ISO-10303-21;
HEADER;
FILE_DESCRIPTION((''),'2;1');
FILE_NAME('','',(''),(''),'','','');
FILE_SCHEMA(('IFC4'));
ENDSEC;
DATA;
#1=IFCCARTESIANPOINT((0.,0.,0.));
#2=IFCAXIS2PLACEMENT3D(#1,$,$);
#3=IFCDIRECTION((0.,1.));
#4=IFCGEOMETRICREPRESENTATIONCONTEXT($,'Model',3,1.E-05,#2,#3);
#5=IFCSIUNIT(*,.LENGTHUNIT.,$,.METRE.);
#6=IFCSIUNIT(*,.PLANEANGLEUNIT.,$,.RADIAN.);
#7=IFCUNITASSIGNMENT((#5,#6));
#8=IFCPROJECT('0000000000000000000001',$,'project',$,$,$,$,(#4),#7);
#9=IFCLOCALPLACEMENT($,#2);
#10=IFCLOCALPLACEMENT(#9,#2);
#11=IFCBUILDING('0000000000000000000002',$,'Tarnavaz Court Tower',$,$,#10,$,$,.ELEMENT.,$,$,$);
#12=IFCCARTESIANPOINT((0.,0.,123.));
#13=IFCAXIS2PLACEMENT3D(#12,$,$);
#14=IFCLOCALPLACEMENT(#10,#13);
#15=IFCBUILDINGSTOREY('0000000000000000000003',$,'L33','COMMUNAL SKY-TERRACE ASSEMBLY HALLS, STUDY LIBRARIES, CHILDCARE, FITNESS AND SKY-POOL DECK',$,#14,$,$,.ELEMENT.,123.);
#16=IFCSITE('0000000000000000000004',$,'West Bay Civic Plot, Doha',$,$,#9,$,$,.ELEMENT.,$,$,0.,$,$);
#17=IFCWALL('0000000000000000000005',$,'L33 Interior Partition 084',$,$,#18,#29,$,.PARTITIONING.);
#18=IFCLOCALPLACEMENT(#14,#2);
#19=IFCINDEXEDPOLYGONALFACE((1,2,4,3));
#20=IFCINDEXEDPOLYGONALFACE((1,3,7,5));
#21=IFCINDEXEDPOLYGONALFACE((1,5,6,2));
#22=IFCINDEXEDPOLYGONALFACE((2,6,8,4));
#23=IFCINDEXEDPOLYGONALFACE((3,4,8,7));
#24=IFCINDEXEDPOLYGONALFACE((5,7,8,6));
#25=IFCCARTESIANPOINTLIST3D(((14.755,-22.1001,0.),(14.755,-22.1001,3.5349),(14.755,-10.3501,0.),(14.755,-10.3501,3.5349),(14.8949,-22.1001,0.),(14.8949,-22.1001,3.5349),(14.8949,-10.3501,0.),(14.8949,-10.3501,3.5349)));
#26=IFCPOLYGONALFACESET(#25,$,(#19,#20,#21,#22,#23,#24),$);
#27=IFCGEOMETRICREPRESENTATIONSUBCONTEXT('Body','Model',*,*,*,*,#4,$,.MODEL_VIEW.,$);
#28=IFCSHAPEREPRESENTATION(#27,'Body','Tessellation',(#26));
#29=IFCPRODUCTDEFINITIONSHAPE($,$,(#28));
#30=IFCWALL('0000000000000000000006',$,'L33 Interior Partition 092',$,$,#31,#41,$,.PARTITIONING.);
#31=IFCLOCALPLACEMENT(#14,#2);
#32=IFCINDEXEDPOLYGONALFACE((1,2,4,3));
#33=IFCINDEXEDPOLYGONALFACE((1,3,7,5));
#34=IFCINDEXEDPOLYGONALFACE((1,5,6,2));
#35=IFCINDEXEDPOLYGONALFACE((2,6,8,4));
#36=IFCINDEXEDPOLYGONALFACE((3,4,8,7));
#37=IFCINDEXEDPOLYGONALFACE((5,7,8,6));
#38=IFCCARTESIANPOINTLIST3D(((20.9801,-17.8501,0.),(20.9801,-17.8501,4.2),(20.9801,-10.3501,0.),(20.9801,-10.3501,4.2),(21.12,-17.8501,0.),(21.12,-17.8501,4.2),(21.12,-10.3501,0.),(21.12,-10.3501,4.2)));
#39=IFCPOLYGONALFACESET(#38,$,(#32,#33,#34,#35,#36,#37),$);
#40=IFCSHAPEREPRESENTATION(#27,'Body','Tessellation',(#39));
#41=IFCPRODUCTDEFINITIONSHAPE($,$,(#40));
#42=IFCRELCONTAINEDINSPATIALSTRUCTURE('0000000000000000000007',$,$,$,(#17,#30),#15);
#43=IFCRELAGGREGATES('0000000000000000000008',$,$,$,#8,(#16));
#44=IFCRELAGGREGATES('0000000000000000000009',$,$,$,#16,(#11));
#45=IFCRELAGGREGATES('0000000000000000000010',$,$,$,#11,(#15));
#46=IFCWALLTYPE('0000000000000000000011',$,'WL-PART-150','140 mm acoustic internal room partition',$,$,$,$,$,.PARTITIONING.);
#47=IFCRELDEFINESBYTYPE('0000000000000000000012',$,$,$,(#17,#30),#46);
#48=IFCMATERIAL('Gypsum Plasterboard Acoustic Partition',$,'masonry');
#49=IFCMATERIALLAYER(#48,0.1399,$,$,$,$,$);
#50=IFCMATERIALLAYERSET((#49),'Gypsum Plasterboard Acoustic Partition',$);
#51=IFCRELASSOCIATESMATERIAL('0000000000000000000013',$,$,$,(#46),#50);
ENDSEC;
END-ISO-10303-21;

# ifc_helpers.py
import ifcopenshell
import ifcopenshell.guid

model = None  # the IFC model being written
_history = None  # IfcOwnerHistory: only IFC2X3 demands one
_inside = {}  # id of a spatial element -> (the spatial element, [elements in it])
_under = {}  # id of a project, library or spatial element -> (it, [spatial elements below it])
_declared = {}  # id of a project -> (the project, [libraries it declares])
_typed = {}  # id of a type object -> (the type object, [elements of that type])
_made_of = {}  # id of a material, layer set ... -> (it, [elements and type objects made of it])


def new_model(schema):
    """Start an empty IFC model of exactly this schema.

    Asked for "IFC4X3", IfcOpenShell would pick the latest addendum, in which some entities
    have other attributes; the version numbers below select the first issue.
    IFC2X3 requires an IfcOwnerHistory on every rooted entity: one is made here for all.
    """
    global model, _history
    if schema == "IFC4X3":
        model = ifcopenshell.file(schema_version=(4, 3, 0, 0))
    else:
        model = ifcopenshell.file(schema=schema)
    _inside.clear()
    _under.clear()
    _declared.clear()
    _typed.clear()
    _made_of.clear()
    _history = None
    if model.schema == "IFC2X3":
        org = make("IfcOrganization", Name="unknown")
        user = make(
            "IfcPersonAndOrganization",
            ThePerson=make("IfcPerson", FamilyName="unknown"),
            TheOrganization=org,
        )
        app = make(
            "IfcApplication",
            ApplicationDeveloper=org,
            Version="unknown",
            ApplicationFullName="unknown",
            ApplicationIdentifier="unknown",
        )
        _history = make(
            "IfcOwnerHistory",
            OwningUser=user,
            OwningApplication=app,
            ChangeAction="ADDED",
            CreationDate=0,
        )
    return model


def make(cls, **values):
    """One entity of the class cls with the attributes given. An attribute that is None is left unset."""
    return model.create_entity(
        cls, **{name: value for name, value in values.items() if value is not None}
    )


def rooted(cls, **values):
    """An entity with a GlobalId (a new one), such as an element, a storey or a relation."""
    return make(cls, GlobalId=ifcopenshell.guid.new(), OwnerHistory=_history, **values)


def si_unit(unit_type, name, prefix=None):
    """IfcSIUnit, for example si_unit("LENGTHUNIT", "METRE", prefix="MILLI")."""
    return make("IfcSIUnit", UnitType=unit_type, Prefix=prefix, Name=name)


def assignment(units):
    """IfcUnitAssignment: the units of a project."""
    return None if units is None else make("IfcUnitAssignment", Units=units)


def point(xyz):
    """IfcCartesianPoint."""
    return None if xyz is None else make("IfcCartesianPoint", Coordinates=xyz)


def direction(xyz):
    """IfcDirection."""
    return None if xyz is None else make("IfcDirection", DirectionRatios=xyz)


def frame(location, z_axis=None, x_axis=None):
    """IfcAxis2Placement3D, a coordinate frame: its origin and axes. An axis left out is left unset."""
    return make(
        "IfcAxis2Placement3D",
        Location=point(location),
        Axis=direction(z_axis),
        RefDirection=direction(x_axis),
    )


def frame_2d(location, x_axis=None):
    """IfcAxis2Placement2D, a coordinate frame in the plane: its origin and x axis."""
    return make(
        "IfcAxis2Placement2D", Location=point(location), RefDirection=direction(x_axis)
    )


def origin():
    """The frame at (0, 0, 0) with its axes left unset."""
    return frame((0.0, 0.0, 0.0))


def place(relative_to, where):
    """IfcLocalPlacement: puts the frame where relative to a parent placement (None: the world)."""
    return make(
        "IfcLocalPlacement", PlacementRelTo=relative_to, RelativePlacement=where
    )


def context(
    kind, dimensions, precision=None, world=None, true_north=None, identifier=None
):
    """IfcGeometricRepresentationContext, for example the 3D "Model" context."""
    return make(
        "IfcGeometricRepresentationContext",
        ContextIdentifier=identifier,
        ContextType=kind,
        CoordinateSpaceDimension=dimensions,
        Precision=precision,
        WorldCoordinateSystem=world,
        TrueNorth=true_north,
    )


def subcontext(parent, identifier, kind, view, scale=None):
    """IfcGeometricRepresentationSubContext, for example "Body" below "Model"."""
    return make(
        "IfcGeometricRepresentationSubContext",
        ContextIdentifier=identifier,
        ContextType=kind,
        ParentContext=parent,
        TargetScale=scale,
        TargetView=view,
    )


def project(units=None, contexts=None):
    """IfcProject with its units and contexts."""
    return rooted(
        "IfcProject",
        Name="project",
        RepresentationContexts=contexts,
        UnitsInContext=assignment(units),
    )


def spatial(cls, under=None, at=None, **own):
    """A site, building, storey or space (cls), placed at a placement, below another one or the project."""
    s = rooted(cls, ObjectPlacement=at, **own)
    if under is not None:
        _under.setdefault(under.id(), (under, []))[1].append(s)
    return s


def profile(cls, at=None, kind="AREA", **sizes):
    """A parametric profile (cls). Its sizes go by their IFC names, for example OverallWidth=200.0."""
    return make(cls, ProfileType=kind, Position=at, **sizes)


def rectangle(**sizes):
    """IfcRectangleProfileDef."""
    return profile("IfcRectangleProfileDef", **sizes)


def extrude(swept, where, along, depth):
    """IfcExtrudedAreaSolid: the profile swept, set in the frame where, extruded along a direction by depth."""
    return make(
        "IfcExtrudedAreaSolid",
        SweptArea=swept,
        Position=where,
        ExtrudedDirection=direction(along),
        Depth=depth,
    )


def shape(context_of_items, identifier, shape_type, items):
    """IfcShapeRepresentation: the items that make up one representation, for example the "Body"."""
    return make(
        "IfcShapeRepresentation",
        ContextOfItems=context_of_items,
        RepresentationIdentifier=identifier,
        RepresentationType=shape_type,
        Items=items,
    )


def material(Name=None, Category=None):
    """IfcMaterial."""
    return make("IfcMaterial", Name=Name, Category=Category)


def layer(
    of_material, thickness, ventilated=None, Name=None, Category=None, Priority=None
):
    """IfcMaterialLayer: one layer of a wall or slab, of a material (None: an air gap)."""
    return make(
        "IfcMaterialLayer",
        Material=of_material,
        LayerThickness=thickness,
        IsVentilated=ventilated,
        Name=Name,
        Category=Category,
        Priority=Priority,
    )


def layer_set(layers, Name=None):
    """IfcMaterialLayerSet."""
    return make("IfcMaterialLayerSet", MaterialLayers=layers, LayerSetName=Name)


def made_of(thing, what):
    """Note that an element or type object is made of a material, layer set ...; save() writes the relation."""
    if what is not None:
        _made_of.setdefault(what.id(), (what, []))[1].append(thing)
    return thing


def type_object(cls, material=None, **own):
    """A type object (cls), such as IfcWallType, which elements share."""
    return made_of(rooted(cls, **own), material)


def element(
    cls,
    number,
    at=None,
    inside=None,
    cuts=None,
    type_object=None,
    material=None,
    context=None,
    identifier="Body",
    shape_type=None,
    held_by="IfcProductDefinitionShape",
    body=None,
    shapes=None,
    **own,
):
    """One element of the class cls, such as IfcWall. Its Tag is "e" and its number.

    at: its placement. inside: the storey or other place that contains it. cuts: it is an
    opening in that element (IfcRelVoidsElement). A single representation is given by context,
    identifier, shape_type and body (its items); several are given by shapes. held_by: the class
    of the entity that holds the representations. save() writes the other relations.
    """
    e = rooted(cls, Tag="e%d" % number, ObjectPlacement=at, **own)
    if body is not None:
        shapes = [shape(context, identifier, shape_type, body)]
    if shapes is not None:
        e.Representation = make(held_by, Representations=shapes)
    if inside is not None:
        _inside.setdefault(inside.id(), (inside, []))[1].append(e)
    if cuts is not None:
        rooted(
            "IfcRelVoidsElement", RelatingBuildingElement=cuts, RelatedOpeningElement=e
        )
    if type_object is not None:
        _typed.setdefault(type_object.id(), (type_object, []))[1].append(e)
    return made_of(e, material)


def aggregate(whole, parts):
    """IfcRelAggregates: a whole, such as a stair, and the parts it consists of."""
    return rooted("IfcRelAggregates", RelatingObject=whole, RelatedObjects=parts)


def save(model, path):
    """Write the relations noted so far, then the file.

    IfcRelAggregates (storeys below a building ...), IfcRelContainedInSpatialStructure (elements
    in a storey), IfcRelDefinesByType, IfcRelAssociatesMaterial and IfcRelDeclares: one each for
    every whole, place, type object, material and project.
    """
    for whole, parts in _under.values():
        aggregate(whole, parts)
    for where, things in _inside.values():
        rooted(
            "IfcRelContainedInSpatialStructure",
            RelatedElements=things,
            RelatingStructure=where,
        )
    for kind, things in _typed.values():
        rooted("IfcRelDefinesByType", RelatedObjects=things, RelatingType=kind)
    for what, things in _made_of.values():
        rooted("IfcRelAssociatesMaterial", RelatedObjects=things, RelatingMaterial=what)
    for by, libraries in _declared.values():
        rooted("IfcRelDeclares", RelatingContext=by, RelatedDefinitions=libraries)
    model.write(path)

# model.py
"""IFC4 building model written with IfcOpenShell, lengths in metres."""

from ifc_helpers import new_model, si_unit, direction, frame, frame_2d, origin, place, context, subcontext, project, spatial, rectangle, extrude, material, layer, layer_set, type_object, element, save


model = new_model("IFC4")

# Units and contexts
model_context = context("Model", 3, precision=1e-05, world=origin(), true_north=direction((0.0, 1.0)))
body_context = subcontext(model_context, "Body", "Model", "MODEL_VIEW")
ifc_project = project(units=[si_unit("LENGTHUNIT", "METRE"), si_unit("PLANEANGLEUNIT", "RADIAN")], contexts=[model_context])

# Site, building, storey
site_placement = place(None, origin())
site = spatial("IfcSite", under=ifc_project, at=site_placement, Name="West Bay Civic Plot, Doha", CompositionType="ELEMENT", RefElevation=0.0)
building_placement = place(site_placement, origin())
building = spatial("IfcBuilding", under=site, at=building_placement, Name="Tarnavaz Court Tower", CompositionType="ELEMENT")
storey_placement = place(building_placement, frame((0.0, 0.0, 123.0)))
storey = spatial("IfcBuildingStorey", under=building, at=storey_placement, Name="L33", Description="COMMUNAL SKY-TERRACE ASSEMBLY HALLS, STUDY LIBRARIES, CHILDCARE, FITNESS AND SKY-POOL DECK", CompositionType="ELEMENT", Elevation=123.0)

# Walls
ifc_material_1 = material(Name="Gypsum Plasterboard Acoustic Partition", Category="masonry")
ifc_layer_1 = layer(ifc_material_1, 0.1399)
ifc_layer_set_1 = layer_set([ifc_layer_1], Name="Gypsum Plasterboard Acoustic Partition")
wall_type_1 = type_object("IfcWallType", Name="WL-PART-150", Description="140 mm acoustic internal room partition", PredefinedType="PARTITIONING", material=ifc_layer_set_1)
wall_1_placement = place(storey_placement, frame((14.825, -22.1001, 0.0), z_axis=(0.0, 0.0, 1.0), x_axis=(0.0, 1.0, 0.0)))
element("IfcWall", 1, at=wall_1_placement, inside=storey, type_object=wall_type_1, Name="L33 Interior Partition 084", PredefinedType="PARTITIONING", context=body_context, shape_type="SweptSolid", body=[
    extrude(rectangle(XDim=11.75, YDim=0.1399, at=frame_2d((5.875, 0.0))), origin(), (0.0, 0.0, 1.0), 3.5349),
])
wall_2_placement = place(storey_placement, frame((21.05, -17.8501, 0.0), z_axis=(0.0, 0.0, 1.0), x_axis=(0.0, 1.0, 0.0)))
element("IfcWall", 2, at=wall_2_placement, inside=storey, type_object=wall_type_1, Name="L33 Interior Partition 092", PredefinedType="PARTITIONING", context=body_context, shape_type="SweptSolid", body=[
    extrude(rectangle(XDim=7.5, YDim=0.1399, at=frame_2d((3.75, 0.0))), origin(), (0.0, 0.0, 1.0), 4.2),
])

save(model, "model.ifc")
